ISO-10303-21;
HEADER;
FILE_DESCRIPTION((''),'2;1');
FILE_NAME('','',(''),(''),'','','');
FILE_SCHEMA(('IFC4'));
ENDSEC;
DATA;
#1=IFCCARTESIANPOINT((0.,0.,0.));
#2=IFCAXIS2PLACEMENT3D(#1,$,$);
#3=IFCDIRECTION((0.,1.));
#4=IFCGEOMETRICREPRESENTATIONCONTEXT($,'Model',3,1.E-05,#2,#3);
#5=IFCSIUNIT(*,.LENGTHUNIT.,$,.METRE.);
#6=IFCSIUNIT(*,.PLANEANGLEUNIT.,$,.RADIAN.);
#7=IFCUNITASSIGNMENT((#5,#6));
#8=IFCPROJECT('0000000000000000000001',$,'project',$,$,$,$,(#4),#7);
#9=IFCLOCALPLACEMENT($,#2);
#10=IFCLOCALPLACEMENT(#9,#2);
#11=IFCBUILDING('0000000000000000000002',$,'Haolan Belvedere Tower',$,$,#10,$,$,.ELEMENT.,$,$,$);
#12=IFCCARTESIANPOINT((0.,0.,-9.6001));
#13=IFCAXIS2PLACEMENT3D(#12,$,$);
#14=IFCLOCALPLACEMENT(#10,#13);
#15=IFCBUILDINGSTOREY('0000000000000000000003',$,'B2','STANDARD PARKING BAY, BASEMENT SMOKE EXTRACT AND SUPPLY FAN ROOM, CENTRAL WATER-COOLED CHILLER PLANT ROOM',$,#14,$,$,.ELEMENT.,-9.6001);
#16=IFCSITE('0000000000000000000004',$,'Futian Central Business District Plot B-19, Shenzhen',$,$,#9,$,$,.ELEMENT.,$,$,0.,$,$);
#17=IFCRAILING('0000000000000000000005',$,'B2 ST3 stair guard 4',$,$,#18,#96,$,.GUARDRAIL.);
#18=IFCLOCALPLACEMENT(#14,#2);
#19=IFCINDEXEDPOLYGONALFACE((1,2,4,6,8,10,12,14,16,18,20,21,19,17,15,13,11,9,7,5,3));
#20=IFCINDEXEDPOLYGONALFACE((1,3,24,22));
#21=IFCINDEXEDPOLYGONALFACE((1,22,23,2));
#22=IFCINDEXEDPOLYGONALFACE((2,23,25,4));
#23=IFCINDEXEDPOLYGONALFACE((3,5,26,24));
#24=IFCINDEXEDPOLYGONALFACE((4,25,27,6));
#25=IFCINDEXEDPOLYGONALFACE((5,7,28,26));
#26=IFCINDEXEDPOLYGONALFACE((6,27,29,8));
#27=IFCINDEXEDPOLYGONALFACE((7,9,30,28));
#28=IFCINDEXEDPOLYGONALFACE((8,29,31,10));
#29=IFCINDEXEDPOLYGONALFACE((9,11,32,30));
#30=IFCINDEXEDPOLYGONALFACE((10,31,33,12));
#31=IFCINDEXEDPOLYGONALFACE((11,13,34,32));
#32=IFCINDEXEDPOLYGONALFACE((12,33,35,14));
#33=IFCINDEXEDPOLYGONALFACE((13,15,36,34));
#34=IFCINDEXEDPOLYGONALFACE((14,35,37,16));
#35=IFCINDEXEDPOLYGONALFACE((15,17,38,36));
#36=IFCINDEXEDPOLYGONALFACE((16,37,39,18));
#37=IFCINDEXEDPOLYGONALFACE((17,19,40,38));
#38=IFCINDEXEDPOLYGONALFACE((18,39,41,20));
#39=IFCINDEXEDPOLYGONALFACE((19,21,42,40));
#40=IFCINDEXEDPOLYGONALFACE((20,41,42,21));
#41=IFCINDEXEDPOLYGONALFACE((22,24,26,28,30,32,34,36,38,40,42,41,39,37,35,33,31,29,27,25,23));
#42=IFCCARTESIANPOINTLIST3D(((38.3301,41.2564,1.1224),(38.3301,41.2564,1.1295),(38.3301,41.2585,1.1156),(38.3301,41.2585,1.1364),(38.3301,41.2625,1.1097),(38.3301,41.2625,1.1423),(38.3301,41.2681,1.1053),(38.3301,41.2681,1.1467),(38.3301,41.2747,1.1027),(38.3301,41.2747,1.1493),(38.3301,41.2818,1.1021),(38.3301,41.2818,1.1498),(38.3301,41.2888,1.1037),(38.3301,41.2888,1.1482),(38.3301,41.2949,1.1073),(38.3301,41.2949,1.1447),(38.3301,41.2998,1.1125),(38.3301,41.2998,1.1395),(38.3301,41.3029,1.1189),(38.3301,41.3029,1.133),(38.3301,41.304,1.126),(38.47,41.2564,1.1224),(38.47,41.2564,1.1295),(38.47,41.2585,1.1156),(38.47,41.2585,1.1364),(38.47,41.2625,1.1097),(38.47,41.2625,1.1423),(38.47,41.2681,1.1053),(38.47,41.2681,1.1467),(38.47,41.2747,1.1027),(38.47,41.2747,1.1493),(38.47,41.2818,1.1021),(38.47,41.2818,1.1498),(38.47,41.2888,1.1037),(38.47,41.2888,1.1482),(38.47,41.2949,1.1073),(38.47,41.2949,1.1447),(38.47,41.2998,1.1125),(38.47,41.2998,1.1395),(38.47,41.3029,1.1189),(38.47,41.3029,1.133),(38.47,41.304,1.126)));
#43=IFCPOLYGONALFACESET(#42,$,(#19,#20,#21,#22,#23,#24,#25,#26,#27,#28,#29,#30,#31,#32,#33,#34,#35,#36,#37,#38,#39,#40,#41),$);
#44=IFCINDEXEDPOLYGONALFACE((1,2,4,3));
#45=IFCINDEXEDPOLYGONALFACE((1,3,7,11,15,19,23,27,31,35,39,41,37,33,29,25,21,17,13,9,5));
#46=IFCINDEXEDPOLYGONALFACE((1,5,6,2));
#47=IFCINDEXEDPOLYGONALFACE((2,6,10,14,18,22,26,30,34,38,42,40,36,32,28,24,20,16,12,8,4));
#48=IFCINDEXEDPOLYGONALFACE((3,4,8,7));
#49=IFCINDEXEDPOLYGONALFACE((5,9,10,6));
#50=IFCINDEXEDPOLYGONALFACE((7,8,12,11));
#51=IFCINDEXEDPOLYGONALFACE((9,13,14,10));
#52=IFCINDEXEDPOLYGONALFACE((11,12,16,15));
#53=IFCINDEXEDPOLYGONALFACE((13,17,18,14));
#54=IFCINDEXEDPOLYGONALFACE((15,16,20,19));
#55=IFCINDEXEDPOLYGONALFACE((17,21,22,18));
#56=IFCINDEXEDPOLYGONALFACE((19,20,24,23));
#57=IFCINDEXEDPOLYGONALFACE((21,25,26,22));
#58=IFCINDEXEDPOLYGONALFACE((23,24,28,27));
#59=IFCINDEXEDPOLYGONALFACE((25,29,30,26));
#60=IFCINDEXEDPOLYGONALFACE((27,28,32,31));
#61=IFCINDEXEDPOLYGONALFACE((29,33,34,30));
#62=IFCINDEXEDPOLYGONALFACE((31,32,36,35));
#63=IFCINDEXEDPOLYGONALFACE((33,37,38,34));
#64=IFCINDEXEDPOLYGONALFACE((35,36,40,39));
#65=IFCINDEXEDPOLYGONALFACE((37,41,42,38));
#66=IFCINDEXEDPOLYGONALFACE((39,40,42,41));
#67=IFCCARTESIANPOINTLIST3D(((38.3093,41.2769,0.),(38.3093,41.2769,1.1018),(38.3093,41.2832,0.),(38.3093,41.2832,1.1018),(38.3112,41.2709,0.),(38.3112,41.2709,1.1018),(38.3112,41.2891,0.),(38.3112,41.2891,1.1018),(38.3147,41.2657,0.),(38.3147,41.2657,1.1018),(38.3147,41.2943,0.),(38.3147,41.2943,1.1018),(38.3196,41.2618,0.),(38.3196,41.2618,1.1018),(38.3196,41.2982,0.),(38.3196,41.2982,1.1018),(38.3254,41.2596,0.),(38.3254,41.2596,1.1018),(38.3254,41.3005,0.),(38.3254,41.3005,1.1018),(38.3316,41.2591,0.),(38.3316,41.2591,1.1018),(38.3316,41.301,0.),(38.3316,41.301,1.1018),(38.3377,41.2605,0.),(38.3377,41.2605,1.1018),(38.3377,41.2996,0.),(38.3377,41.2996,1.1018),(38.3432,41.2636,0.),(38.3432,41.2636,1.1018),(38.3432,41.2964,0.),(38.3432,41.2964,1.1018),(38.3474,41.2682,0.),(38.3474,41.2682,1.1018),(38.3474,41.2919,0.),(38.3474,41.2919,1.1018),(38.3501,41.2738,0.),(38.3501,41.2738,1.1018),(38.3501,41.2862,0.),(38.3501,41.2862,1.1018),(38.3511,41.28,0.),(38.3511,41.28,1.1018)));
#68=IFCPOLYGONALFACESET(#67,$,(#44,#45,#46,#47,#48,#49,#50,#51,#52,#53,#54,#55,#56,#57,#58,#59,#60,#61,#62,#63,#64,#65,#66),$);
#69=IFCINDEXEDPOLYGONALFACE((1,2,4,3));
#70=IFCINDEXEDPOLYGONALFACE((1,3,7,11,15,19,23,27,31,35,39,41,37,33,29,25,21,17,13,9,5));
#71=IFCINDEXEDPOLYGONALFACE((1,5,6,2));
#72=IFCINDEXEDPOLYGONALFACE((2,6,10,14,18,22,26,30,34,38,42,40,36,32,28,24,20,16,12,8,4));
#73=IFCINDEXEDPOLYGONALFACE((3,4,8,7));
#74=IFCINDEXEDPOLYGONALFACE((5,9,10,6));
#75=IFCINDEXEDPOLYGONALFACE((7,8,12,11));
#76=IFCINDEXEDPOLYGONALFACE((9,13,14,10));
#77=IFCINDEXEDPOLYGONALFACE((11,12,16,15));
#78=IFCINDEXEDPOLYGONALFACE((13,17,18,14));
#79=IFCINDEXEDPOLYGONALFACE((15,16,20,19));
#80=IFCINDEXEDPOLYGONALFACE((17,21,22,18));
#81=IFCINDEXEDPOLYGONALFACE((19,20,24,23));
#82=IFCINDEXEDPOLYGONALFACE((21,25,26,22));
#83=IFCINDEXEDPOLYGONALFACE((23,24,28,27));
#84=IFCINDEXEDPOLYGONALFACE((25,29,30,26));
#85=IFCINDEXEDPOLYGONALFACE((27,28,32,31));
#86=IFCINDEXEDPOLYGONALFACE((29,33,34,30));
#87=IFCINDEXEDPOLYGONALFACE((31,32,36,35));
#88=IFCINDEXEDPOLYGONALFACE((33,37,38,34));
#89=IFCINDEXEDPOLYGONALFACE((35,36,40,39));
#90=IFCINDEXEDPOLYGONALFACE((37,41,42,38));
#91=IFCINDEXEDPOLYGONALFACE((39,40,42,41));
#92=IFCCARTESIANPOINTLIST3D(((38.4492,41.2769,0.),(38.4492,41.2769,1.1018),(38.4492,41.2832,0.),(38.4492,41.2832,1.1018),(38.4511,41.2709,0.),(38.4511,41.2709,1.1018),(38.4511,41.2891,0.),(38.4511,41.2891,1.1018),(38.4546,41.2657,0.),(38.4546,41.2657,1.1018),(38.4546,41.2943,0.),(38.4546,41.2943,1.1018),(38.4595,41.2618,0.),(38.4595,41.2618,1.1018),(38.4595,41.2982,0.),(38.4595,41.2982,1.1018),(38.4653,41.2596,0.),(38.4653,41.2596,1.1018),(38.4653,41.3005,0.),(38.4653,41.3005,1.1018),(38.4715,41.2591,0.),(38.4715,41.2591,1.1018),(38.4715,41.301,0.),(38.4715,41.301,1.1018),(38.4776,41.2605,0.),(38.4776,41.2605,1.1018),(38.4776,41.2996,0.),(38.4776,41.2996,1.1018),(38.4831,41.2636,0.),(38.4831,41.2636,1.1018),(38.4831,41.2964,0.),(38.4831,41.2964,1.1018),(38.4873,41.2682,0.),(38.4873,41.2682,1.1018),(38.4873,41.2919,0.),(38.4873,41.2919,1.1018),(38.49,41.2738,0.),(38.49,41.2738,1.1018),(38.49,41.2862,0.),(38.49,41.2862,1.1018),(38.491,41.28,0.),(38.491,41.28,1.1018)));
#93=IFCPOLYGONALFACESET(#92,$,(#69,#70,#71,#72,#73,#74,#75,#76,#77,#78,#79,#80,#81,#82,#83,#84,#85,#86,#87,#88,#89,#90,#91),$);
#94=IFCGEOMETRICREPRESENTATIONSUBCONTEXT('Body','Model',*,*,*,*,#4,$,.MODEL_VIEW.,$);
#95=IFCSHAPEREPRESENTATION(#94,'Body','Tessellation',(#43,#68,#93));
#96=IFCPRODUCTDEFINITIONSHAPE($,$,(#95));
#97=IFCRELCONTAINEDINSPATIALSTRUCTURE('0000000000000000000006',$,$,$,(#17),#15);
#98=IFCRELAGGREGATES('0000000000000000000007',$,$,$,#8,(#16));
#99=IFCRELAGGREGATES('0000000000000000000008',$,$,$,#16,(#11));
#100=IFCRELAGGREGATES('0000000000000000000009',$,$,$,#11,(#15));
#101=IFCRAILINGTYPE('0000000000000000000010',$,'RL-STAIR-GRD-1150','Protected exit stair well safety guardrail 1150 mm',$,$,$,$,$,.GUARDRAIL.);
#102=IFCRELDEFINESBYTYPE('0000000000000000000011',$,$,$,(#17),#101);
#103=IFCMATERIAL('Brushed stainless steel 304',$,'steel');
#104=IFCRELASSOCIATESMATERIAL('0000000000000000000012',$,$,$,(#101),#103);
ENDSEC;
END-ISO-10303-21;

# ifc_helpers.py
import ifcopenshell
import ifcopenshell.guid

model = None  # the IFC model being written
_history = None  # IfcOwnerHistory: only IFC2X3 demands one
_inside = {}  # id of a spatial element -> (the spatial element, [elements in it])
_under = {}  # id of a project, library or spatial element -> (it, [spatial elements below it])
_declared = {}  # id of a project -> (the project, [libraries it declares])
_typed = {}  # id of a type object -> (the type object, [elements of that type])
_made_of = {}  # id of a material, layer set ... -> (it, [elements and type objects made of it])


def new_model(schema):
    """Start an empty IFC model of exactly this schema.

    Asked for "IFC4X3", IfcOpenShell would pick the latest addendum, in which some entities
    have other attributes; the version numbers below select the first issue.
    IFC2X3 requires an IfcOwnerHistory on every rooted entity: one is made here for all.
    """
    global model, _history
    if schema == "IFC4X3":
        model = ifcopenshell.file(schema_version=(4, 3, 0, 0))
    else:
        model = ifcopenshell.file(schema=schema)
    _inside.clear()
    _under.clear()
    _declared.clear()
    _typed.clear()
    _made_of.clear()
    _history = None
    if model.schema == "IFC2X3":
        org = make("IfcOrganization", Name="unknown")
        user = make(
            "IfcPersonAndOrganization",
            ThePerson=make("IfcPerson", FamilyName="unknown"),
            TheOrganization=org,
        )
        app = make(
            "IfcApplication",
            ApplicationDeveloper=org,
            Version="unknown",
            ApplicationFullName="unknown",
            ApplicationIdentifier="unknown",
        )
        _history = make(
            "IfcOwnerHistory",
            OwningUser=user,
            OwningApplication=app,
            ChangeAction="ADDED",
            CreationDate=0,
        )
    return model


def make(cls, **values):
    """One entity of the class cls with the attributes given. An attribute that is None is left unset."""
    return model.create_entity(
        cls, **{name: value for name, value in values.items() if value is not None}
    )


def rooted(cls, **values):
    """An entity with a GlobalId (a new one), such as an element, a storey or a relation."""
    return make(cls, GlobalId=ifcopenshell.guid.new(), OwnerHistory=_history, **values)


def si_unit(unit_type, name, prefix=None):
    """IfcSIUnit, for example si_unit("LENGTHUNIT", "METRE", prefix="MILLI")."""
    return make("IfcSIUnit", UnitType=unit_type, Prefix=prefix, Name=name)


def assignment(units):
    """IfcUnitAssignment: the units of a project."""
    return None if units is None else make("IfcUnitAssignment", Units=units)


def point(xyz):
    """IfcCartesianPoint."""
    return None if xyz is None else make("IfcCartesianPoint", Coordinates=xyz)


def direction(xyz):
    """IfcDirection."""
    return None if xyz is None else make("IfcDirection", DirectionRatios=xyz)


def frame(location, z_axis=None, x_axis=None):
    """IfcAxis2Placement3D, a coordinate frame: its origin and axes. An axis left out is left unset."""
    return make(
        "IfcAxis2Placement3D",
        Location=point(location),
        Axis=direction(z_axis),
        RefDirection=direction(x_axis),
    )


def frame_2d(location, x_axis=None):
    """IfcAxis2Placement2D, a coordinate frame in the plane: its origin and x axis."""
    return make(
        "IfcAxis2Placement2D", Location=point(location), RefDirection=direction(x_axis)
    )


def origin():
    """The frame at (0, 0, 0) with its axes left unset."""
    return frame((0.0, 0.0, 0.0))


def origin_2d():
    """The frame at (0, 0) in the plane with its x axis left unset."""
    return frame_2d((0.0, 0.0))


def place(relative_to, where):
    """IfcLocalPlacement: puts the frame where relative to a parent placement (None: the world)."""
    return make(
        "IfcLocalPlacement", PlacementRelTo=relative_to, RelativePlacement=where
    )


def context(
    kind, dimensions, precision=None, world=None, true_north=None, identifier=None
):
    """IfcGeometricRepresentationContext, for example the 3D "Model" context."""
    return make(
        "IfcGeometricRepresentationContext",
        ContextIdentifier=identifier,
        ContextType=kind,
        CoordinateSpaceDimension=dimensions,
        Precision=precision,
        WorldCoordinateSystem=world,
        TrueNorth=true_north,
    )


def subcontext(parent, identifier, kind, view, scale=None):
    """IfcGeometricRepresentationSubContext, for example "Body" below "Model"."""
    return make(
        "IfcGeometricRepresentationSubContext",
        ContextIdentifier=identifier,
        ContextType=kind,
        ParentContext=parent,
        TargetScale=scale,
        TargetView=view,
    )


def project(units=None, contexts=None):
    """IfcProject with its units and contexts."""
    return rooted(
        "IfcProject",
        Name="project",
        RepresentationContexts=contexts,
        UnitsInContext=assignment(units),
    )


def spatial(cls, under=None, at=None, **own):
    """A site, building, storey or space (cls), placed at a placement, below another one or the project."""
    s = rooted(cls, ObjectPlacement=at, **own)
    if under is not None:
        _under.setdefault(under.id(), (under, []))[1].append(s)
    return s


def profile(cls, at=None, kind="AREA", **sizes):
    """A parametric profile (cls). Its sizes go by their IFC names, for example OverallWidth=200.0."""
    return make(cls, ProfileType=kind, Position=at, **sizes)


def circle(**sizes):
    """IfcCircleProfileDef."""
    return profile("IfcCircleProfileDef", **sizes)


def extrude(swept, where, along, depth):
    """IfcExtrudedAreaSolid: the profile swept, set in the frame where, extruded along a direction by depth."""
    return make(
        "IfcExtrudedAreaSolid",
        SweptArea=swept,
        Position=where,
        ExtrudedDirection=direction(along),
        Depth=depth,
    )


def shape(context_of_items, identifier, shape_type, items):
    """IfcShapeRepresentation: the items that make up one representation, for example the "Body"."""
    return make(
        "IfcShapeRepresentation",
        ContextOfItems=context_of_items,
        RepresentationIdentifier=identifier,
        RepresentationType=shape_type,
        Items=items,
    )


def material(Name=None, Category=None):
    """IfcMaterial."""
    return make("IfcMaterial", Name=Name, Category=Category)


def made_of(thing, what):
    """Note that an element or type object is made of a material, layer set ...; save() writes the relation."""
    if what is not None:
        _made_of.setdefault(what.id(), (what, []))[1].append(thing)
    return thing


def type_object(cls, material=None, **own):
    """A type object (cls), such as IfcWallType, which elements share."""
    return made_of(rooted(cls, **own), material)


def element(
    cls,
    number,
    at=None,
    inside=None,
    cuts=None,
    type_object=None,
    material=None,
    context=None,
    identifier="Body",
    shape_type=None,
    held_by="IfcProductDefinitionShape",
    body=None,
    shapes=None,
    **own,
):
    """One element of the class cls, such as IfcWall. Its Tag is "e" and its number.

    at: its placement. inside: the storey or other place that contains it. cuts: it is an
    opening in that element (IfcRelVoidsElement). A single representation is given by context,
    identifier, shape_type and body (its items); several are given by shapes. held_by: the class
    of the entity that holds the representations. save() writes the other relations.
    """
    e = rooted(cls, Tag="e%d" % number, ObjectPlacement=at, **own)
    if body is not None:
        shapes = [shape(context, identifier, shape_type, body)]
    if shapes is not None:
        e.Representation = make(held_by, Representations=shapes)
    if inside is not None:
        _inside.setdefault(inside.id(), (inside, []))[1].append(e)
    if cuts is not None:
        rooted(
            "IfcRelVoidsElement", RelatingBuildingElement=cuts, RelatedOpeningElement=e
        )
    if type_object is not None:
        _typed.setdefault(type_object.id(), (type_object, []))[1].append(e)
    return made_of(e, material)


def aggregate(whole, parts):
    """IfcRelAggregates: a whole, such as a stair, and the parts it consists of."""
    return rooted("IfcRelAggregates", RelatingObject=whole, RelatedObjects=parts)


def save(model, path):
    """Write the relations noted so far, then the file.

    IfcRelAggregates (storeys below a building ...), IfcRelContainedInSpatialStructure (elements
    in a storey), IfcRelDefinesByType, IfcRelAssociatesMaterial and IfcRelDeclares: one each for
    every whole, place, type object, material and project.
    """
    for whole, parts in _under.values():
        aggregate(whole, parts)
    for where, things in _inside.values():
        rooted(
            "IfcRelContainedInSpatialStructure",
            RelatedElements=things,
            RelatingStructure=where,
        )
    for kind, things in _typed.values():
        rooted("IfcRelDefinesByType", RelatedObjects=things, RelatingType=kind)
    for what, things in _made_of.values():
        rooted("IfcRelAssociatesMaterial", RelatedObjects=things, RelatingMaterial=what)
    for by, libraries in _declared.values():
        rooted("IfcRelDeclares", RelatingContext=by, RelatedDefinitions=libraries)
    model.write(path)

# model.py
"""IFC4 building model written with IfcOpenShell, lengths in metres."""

from ifc_helpers import new_model, si_unit, direction, frame, origin, origin_2d, place, context, subcontext, project, spatial, circle, extrude, material, type_object, element, save


model = new_model("IFC4")

# Units and contexts
model_context = context("Model", 3, precision=1e-05, world=origin(), true_north=direction((0.0, 1.0)))
body_context = subcontext(model_context, "Body", "Model", "MODEL_VIEW")
ifc_project = project(units=[si_unit("LENGTHUNIT", "METRE"), si_unit("PLANEANGLEUNIT", "RADIAN")], contexts=[model_context])

# Site, building, storey
site_placement = place(None, origin())
site = spatial("IfcSite", under=ifc_project, at=site_placement, Name="Futian Central Business District Plot B-19, Shenzhen", CompositionType="ELEMENT", RefElevation=0.0)
building_placement = place(site_placement, origin())
building = spatial("IfcBuilding", under=site, at=building_placement, Name="Haolan Belvedere Tower", CompositionType="ELEMENT")
storey_placement = place(building_placement, frame((0.0, 0.0, -9.6001)))
storey = spatial("IfcBuildingStorey", under=building, at=storey_placement, Name="B2", Description="STANDARD PARKING BAY, BASEMENT SMOKE EXTRACT AND SUPPLY FAN ROOM, CENTRAL WATER-COOLED CHILLER PLANT ROOM", CompositionType="ELEMENT", Elevation=-9.6001)

# Railing
ifc_material_1 = material(Name="Brushed stainless steel 304", Category="steel")
railing_type_1 = type_object("IfcRailingType", Name="RL-STAIR-GRD-1150", Description="Protected exit stair well safety guardrail 1150 mm", PredefinedType="GUARDRAIL", material=ifc_material_1)
railing_1_placement = place(storey_placement, frame((38.3301, 41.28, 0.0)))
element("IfcRailing", 1, at=railing_1_placement, inside=storey, type_object=railing_type_1, Name="B2 ST3 stair guard 4", PredefinedType="GUARDRAIL", context=body_context, shape_type="SweptSolid", body=[
    extrude(circle(Radius=0.0239, at=origin_2d()), frame((0.0, 0.0, 1.126), z_axis=(1.0, 0.0, 0.0), x_axis=(0.0, 1.0, 0.0)), (0.0, 0.0, 1.0), 0.1399),
    extrude(circle(Radius=0.021, at=origin_2d()), origin(), (0.0, 0.0, 1.0), 1.1018),
    extrude(circle(Radius=0.021, at=origin_2d()), frame((0.1399, 0.0, 0.0)), (0.0, 0.0, 1.0), 1.1018),
])

save(model, "model.ifc")
